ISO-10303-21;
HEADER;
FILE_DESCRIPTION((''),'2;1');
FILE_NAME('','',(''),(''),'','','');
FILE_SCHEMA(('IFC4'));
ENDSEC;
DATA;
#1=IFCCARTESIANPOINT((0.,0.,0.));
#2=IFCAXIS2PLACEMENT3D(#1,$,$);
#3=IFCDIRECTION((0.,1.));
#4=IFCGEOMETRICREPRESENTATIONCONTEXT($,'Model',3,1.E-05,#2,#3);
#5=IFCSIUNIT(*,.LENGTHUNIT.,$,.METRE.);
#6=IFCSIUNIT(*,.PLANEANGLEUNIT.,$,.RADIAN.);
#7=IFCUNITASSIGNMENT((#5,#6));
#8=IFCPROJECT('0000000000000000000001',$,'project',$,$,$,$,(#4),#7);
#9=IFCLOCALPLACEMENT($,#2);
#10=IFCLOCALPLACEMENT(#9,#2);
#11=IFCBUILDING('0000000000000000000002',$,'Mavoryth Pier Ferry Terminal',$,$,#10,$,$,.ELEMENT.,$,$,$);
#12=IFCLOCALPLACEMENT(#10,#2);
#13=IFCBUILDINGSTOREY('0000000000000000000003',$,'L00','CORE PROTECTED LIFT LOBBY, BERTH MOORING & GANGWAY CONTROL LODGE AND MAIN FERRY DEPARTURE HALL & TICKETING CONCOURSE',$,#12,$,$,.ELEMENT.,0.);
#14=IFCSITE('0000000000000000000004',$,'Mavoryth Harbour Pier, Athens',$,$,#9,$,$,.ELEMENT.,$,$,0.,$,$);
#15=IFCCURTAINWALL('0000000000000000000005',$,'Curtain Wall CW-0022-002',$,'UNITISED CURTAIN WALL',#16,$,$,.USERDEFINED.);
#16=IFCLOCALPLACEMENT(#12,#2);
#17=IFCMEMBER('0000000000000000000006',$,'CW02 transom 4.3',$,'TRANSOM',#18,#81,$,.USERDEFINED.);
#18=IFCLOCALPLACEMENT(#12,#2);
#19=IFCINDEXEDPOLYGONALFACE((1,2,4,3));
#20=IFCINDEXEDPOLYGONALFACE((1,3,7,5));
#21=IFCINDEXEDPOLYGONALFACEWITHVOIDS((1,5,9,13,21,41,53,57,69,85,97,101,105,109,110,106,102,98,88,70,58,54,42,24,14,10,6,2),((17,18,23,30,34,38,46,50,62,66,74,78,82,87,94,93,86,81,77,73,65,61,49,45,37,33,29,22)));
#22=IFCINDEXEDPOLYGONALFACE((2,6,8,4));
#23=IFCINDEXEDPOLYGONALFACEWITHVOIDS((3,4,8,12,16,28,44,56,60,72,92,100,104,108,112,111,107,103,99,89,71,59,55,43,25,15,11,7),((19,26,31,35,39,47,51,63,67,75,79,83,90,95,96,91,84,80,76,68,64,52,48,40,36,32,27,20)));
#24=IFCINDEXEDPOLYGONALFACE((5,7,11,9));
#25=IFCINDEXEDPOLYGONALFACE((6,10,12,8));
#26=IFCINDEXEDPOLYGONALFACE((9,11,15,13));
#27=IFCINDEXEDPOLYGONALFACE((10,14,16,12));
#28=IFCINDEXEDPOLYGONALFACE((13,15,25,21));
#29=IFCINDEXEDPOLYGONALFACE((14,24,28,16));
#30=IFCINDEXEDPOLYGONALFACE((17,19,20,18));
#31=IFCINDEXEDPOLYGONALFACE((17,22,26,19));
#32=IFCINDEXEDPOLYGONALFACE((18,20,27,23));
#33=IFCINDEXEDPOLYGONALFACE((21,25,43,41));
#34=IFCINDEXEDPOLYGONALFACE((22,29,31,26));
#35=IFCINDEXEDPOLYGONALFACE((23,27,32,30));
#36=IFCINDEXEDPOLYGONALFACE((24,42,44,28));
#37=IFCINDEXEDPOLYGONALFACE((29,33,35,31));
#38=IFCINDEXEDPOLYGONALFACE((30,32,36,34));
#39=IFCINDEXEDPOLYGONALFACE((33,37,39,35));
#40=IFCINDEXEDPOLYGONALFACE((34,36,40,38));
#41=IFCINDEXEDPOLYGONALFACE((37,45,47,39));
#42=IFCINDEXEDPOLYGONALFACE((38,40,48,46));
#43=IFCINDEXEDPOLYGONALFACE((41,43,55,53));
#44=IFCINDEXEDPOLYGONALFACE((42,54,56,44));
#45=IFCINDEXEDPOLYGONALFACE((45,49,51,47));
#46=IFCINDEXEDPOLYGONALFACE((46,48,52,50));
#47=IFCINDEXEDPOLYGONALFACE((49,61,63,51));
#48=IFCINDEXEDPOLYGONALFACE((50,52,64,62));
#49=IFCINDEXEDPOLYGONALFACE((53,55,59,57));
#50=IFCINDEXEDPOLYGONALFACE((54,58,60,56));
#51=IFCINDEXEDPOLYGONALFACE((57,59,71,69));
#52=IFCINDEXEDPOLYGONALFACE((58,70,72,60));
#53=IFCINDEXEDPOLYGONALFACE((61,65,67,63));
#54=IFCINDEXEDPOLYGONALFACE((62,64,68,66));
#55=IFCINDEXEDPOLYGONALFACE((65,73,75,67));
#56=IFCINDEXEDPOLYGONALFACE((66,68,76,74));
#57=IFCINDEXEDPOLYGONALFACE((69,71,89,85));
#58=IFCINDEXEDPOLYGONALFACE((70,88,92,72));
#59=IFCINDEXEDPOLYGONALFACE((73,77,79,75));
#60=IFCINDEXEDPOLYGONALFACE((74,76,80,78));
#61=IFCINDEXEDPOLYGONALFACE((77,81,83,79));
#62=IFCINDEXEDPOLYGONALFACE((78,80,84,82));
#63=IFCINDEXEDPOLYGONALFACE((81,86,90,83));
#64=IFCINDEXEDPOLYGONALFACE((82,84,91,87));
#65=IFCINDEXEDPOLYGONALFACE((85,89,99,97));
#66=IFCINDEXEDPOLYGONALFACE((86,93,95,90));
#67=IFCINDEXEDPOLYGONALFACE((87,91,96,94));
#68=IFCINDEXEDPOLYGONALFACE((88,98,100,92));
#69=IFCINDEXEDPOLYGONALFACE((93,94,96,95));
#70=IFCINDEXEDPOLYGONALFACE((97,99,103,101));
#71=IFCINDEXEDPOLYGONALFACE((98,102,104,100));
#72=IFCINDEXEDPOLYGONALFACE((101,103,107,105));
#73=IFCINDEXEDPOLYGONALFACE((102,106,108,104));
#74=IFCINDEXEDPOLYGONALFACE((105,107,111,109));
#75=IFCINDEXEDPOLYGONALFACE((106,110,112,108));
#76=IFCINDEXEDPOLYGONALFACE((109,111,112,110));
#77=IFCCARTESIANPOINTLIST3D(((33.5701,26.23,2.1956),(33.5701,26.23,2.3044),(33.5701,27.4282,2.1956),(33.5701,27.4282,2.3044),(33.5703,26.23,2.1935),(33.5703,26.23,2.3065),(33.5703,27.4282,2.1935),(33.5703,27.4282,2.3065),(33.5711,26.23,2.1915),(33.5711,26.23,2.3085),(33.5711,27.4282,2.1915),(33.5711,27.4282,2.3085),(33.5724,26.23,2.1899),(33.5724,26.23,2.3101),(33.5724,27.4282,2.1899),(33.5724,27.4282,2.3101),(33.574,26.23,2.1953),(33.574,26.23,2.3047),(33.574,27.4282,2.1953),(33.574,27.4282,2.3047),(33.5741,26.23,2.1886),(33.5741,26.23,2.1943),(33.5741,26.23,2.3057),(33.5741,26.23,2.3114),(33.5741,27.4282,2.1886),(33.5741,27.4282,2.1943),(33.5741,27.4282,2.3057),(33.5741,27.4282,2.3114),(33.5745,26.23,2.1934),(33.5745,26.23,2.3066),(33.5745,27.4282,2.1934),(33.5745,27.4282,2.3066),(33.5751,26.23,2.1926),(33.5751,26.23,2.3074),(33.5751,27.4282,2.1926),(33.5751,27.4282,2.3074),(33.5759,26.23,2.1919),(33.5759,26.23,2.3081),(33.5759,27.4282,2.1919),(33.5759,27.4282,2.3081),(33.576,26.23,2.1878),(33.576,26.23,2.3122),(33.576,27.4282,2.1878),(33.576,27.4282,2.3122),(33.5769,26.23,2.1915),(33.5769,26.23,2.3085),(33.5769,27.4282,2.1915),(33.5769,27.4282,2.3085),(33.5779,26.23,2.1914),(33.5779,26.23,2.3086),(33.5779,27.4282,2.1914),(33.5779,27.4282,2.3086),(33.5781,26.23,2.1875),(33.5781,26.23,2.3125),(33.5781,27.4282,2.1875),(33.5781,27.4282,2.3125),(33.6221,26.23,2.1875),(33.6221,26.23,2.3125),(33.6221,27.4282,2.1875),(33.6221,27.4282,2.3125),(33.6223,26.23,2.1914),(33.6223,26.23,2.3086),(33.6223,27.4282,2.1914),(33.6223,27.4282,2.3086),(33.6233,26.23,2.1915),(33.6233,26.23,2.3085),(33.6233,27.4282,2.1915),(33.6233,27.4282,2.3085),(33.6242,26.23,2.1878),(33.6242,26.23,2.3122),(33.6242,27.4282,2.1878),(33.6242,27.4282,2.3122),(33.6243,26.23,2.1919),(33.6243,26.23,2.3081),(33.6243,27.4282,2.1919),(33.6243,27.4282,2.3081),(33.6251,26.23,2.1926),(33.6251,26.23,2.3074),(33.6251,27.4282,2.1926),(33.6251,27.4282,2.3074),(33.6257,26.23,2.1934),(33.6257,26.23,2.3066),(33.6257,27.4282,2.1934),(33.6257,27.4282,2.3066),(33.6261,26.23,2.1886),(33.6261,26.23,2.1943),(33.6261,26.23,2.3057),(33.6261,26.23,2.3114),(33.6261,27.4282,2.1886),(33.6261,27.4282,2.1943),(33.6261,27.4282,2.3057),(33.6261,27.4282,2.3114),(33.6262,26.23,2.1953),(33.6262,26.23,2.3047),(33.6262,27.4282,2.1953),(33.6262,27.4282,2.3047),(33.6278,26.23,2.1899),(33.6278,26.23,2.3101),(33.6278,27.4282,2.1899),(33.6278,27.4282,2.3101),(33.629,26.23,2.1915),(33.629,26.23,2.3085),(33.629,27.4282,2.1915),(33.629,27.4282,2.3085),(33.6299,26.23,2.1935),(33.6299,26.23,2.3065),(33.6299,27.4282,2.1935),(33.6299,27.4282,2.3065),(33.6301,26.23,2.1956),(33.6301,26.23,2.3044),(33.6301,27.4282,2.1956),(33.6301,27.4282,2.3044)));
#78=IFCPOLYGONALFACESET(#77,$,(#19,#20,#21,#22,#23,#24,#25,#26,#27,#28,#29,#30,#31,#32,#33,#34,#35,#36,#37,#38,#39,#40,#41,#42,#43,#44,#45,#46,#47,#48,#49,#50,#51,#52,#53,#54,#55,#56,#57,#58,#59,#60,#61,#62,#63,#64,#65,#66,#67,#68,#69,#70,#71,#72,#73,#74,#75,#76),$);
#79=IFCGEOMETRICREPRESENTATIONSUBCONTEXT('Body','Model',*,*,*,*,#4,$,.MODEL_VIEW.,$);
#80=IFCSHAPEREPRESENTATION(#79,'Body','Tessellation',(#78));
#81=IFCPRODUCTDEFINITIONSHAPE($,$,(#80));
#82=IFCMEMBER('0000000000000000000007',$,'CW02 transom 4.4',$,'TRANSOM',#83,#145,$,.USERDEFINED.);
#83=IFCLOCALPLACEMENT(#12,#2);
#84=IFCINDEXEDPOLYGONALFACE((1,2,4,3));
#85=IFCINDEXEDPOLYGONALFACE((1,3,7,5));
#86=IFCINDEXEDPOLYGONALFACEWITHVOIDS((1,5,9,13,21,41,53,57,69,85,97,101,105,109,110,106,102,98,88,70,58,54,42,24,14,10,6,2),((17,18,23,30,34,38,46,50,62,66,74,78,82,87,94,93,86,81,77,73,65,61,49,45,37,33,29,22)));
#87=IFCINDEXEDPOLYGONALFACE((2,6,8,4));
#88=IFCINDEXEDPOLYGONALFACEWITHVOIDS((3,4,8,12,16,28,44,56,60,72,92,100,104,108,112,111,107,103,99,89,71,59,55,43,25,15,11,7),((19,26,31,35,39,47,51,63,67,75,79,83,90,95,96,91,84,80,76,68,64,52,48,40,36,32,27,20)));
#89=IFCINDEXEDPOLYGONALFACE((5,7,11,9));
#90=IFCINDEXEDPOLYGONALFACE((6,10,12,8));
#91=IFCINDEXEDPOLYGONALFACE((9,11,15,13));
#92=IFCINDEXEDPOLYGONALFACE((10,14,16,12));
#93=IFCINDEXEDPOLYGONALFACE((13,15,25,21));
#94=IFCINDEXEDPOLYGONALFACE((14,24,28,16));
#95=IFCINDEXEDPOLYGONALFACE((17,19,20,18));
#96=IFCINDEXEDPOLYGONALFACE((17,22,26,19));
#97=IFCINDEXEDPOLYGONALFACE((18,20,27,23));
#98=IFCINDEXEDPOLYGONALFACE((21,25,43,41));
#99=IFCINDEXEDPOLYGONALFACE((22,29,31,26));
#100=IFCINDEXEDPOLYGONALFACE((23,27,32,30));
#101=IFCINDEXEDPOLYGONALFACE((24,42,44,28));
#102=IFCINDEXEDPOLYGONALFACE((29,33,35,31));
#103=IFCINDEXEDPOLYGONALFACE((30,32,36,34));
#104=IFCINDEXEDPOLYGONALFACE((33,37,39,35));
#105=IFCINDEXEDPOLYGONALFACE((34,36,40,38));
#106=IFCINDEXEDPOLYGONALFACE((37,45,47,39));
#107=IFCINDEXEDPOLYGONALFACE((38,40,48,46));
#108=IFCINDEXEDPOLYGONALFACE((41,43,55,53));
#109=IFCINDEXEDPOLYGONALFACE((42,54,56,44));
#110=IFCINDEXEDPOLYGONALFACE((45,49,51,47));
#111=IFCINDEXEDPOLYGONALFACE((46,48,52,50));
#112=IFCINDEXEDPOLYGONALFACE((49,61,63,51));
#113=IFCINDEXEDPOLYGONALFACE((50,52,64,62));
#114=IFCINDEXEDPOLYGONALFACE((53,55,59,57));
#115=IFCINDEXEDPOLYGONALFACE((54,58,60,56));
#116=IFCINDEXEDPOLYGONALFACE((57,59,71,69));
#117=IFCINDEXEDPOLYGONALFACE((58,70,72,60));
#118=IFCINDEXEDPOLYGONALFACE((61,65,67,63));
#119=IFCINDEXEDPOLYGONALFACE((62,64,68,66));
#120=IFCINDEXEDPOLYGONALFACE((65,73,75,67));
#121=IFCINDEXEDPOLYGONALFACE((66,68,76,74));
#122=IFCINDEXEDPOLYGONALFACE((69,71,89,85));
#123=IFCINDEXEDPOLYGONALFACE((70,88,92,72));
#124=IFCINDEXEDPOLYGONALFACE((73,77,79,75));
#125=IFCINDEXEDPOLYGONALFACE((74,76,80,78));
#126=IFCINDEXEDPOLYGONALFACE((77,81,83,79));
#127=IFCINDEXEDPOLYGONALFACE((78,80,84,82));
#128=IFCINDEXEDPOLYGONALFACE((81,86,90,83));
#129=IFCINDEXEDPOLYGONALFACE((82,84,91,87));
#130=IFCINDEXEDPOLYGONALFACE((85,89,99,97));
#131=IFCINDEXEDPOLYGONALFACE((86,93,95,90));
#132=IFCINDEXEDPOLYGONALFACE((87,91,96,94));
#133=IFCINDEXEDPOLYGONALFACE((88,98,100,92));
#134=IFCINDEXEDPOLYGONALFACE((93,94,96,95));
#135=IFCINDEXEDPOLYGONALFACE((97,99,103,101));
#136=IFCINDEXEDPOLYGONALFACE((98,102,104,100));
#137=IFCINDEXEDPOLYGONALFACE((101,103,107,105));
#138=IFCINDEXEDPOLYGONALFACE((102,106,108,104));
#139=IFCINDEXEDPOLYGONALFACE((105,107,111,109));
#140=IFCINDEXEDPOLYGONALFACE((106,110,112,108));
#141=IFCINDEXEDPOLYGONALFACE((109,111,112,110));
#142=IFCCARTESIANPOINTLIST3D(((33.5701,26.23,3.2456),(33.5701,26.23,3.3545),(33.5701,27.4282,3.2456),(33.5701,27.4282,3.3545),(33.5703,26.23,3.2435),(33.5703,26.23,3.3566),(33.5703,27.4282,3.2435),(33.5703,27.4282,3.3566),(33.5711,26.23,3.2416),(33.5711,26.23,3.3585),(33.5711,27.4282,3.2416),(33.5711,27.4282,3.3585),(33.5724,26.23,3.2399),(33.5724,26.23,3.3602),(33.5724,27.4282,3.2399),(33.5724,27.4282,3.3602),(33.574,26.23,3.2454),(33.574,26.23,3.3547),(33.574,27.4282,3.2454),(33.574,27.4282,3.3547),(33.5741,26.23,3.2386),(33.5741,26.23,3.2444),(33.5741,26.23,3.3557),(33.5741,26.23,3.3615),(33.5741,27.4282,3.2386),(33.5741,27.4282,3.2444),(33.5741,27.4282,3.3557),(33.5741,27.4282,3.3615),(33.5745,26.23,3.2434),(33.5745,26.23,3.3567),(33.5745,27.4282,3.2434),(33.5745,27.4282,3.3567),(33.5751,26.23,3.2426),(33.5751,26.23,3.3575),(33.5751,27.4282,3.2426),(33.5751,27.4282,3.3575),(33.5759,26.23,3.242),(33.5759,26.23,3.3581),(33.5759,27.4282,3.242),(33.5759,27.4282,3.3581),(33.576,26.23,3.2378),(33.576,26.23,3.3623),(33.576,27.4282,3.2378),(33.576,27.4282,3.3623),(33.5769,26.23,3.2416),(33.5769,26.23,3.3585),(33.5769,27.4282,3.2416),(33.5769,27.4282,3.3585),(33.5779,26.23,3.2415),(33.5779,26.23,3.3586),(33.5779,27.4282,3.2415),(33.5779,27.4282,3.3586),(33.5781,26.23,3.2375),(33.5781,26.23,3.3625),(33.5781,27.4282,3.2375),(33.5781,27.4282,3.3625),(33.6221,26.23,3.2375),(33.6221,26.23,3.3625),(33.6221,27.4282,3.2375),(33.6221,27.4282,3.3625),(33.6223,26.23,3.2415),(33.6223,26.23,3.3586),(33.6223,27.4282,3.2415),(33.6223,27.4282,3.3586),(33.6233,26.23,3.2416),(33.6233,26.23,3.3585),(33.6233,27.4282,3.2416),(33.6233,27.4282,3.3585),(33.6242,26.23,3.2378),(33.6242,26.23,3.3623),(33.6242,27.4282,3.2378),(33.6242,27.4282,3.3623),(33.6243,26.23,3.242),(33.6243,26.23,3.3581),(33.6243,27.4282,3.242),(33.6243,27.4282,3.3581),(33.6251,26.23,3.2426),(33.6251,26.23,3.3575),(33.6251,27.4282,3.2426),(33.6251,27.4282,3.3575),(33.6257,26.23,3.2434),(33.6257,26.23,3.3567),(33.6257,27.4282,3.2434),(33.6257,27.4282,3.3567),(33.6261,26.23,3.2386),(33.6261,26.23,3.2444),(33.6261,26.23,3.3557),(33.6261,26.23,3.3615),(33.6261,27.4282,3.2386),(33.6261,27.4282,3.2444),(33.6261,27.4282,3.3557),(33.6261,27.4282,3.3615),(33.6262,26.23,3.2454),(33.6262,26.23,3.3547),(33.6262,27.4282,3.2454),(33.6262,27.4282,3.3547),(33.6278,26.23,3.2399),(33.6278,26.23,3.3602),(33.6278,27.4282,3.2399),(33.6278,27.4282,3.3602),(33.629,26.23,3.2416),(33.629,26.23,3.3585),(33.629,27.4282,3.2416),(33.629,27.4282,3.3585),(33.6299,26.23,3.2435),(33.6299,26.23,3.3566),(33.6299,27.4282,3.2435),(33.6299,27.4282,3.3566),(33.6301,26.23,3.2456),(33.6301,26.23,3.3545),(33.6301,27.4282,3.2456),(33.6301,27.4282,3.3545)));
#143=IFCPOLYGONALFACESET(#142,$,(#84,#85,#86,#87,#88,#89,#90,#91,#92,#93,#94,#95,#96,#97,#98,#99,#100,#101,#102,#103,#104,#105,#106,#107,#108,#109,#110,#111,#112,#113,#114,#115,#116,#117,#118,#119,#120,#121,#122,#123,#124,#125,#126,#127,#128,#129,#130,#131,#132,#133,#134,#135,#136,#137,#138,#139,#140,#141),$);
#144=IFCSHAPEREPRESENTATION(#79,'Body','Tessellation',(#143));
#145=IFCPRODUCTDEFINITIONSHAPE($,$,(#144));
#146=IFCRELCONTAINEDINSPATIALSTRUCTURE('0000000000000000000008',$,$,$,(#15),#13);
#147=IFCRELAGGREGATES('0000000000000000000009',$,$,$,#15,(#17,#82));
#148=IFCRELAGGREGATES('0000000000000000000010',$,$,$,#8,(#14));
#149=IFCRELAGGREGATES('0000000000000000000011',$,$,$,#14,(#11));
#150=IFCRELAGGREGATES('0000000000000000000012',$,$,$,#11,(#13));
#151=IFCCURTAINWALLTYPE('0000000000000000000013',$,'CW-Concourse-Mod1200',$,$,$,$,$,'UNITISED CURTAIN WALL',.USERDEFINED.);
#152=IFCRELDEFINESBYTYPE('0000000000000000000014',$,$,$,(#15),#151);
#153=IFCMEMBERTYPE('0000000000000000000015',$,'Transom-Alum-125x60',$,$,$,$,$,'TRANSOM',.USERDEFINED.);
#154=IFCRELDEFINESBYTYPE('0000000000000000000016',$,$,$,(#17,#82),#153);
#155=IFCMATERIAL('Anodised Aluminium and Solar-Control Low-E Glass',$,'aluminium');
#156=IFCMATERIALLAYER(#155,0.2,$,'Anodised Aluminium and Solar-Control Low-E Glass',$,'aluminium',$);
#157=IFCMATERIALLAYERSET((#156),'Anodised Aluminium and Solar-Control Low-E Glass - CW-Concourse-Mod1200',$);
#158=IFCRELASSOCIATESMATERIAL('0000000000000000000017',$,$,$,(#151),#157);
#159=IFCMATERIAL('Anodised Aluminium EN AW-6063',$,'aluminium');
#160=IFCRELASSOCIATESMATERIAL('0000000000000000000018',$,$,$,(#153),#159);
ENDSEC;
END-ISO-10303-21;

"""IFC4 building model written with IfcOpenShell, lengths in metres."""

from ifc_helpers import new_model, si_unit, direction, frame, origin, origin_2d, place, context, subcontext, project, spatial, hollow_rectangle, extrude, material, layer, layer_set, material_profile, profile_set, type_object, element, aggregate, save


model = new_model("IFC4")

# Units and contexts
model_context = context("Model", 3, precision=1e-05, world=origin(), true_north=direction((0.0, 1.0)))
body_context = subcontext(model_context, "Body", "Model", "MODEL_VIEW")
ifc_project = project(units=[si_unit("LENGTHUNIT", "METRE"), si_unit("PLANEANGLEUNIT", "RADIAN")], contexts=[model_context])

# Site, building, storey
site_placement = place(None, origin())
site = spatial("IfcSite", under=ifc_project, at=site_placement, Name="Mavoryth Harbour Pier, Athens", CompositionType="ELEMENT", RefElevation=0.0)
building_placement = place(site_placement, origin())
building = spatial("IfcBuilding", under=site, at=building_placement, Name="Mavoryth Pier Ferry Terminal", CompositionType="ELEMENT")
storey_placement = place(building_placement, origin())
storey = spatial("IfcBuildingStorey", under=building, at=storey_placement, Name="L00", Description="CORE PROTECTED LIFT LOBBY, BERTH MOORING & GANGWAY CONTROL LODGE AND MAIN FERRY DEPARTURE HALL & TICKETING CONCOURSE", CompositionType="ELEMENT", Elevation=0.0)

# Curtain wall, members
ifc_material_1 = material(Name="Anodised Aluminium and Solar-Control Low-E Glass", Category="aluminium")
ifc_layer_1 = layer(ifc_material_1, 0.2, Name="Anodised Aluminium and Solar-Control Low-E Glass", Category="aluminium")
ifc_layer_set_1 = layer_set([ifc_layer_1], Name="Anodised Aluminium and Solar-Control Low-E Glass - CW-Concourse-Mod1200")
curtain_wall_type = type_object("IfcCurtainWallType", Name="CW-Concourse-Mod1200", ElementType="UNITISED CURTAIN WALL", PredefinedType="USERDEFINED", material=ifc_layer_set_1)
curtain_wall_placement = place(storey_placement, origin())
curtain_wall = element("IfcCurtainWall", 1, at=curtain_wall_placement, inside=storey, type_object=curtain_wall_type, Name="Curtain Wall CW-0022-002", ObjectType="UNITISED CURTAIN WALL", PredefinedType="USERDEFINED")
ifc_material_2 = material(Name="Anodised Aluminium EN AW-6063", Category="aluminium")
ifc_material_profile_1 = material_profile(ifc_material_2, hollow_rectangle(XDim=0.0601, YDim=0.125, WallThickness=0.0039, InnerFilletRadius=0.0039, OuterFilletRadius=0.0081, at=origin_2d()), Name="AL-TRAN 125x60x4", Category="aluminium")
ifc_profile_set_1 = profile_set([ifc_material_profile_1], Name="Anodised Aluminium EN AW-6063 - AL-TRAN 125x60x4")
member_type_1 = type_object("IfcMemberType", Name="Transom-Alum-125x60", ElementType="TRANSOM", PredefinedType="USERDEFINED", material=ifc_profile_set_1)
member_1_placement = place(storey_placement, frame((33.6001, 26.23, 2.25), z_axis=(0.0, 1.0, 0.0), x_axis=(-1.0, 0.0, 0.0)))
member_1 = element("IfcMember", 2, at=member_1_placement, type_object=member_type_1, Name="CW02 transom 4.3", ObjectType="TRANSOM", PredefinedType="USERDEFINED", context=body_context, shape_type="SweptSolid", body=[
    extrude(hollow_rectangle(XDim=0.0601, YDim=0.125, WallThickness=0.0039, InnerFilletRadius=0.0039, OuterFilletRadius=0.0081, at=origin_2d()), origin(), (0.0, 0.0, 1.0), 1.1982),
])
member_2_placement = place(storey_placement, frame((33.6001, 26.23, 3.3), z_axis=(0.0, 1.0, 0.0), x_axis=(-1.0, 0.0, 0.0)))
member_2 = element("IfcMember", 3, at=member_2_placement, type_object=member_type_1, Name="CW02 transom 4.4", ObjectType="TRANSOM", PredefinedType="USERDEFINED", context=body_context, shape_type="SweptSolid", body=[
    extrude(hollow_rectangle(XDim=0.0601, YDim=0.125, WallThickness=0.0039, InnerFilletRadius=0.0039, OuterFilletRadius=0.0081, at=origin_2d()), origin(), (0.0, 0.0, 1.0), 1.1982),
])
aggregate(curtain_wall, [member_1, member_2])

save(model, "model.ifc")
